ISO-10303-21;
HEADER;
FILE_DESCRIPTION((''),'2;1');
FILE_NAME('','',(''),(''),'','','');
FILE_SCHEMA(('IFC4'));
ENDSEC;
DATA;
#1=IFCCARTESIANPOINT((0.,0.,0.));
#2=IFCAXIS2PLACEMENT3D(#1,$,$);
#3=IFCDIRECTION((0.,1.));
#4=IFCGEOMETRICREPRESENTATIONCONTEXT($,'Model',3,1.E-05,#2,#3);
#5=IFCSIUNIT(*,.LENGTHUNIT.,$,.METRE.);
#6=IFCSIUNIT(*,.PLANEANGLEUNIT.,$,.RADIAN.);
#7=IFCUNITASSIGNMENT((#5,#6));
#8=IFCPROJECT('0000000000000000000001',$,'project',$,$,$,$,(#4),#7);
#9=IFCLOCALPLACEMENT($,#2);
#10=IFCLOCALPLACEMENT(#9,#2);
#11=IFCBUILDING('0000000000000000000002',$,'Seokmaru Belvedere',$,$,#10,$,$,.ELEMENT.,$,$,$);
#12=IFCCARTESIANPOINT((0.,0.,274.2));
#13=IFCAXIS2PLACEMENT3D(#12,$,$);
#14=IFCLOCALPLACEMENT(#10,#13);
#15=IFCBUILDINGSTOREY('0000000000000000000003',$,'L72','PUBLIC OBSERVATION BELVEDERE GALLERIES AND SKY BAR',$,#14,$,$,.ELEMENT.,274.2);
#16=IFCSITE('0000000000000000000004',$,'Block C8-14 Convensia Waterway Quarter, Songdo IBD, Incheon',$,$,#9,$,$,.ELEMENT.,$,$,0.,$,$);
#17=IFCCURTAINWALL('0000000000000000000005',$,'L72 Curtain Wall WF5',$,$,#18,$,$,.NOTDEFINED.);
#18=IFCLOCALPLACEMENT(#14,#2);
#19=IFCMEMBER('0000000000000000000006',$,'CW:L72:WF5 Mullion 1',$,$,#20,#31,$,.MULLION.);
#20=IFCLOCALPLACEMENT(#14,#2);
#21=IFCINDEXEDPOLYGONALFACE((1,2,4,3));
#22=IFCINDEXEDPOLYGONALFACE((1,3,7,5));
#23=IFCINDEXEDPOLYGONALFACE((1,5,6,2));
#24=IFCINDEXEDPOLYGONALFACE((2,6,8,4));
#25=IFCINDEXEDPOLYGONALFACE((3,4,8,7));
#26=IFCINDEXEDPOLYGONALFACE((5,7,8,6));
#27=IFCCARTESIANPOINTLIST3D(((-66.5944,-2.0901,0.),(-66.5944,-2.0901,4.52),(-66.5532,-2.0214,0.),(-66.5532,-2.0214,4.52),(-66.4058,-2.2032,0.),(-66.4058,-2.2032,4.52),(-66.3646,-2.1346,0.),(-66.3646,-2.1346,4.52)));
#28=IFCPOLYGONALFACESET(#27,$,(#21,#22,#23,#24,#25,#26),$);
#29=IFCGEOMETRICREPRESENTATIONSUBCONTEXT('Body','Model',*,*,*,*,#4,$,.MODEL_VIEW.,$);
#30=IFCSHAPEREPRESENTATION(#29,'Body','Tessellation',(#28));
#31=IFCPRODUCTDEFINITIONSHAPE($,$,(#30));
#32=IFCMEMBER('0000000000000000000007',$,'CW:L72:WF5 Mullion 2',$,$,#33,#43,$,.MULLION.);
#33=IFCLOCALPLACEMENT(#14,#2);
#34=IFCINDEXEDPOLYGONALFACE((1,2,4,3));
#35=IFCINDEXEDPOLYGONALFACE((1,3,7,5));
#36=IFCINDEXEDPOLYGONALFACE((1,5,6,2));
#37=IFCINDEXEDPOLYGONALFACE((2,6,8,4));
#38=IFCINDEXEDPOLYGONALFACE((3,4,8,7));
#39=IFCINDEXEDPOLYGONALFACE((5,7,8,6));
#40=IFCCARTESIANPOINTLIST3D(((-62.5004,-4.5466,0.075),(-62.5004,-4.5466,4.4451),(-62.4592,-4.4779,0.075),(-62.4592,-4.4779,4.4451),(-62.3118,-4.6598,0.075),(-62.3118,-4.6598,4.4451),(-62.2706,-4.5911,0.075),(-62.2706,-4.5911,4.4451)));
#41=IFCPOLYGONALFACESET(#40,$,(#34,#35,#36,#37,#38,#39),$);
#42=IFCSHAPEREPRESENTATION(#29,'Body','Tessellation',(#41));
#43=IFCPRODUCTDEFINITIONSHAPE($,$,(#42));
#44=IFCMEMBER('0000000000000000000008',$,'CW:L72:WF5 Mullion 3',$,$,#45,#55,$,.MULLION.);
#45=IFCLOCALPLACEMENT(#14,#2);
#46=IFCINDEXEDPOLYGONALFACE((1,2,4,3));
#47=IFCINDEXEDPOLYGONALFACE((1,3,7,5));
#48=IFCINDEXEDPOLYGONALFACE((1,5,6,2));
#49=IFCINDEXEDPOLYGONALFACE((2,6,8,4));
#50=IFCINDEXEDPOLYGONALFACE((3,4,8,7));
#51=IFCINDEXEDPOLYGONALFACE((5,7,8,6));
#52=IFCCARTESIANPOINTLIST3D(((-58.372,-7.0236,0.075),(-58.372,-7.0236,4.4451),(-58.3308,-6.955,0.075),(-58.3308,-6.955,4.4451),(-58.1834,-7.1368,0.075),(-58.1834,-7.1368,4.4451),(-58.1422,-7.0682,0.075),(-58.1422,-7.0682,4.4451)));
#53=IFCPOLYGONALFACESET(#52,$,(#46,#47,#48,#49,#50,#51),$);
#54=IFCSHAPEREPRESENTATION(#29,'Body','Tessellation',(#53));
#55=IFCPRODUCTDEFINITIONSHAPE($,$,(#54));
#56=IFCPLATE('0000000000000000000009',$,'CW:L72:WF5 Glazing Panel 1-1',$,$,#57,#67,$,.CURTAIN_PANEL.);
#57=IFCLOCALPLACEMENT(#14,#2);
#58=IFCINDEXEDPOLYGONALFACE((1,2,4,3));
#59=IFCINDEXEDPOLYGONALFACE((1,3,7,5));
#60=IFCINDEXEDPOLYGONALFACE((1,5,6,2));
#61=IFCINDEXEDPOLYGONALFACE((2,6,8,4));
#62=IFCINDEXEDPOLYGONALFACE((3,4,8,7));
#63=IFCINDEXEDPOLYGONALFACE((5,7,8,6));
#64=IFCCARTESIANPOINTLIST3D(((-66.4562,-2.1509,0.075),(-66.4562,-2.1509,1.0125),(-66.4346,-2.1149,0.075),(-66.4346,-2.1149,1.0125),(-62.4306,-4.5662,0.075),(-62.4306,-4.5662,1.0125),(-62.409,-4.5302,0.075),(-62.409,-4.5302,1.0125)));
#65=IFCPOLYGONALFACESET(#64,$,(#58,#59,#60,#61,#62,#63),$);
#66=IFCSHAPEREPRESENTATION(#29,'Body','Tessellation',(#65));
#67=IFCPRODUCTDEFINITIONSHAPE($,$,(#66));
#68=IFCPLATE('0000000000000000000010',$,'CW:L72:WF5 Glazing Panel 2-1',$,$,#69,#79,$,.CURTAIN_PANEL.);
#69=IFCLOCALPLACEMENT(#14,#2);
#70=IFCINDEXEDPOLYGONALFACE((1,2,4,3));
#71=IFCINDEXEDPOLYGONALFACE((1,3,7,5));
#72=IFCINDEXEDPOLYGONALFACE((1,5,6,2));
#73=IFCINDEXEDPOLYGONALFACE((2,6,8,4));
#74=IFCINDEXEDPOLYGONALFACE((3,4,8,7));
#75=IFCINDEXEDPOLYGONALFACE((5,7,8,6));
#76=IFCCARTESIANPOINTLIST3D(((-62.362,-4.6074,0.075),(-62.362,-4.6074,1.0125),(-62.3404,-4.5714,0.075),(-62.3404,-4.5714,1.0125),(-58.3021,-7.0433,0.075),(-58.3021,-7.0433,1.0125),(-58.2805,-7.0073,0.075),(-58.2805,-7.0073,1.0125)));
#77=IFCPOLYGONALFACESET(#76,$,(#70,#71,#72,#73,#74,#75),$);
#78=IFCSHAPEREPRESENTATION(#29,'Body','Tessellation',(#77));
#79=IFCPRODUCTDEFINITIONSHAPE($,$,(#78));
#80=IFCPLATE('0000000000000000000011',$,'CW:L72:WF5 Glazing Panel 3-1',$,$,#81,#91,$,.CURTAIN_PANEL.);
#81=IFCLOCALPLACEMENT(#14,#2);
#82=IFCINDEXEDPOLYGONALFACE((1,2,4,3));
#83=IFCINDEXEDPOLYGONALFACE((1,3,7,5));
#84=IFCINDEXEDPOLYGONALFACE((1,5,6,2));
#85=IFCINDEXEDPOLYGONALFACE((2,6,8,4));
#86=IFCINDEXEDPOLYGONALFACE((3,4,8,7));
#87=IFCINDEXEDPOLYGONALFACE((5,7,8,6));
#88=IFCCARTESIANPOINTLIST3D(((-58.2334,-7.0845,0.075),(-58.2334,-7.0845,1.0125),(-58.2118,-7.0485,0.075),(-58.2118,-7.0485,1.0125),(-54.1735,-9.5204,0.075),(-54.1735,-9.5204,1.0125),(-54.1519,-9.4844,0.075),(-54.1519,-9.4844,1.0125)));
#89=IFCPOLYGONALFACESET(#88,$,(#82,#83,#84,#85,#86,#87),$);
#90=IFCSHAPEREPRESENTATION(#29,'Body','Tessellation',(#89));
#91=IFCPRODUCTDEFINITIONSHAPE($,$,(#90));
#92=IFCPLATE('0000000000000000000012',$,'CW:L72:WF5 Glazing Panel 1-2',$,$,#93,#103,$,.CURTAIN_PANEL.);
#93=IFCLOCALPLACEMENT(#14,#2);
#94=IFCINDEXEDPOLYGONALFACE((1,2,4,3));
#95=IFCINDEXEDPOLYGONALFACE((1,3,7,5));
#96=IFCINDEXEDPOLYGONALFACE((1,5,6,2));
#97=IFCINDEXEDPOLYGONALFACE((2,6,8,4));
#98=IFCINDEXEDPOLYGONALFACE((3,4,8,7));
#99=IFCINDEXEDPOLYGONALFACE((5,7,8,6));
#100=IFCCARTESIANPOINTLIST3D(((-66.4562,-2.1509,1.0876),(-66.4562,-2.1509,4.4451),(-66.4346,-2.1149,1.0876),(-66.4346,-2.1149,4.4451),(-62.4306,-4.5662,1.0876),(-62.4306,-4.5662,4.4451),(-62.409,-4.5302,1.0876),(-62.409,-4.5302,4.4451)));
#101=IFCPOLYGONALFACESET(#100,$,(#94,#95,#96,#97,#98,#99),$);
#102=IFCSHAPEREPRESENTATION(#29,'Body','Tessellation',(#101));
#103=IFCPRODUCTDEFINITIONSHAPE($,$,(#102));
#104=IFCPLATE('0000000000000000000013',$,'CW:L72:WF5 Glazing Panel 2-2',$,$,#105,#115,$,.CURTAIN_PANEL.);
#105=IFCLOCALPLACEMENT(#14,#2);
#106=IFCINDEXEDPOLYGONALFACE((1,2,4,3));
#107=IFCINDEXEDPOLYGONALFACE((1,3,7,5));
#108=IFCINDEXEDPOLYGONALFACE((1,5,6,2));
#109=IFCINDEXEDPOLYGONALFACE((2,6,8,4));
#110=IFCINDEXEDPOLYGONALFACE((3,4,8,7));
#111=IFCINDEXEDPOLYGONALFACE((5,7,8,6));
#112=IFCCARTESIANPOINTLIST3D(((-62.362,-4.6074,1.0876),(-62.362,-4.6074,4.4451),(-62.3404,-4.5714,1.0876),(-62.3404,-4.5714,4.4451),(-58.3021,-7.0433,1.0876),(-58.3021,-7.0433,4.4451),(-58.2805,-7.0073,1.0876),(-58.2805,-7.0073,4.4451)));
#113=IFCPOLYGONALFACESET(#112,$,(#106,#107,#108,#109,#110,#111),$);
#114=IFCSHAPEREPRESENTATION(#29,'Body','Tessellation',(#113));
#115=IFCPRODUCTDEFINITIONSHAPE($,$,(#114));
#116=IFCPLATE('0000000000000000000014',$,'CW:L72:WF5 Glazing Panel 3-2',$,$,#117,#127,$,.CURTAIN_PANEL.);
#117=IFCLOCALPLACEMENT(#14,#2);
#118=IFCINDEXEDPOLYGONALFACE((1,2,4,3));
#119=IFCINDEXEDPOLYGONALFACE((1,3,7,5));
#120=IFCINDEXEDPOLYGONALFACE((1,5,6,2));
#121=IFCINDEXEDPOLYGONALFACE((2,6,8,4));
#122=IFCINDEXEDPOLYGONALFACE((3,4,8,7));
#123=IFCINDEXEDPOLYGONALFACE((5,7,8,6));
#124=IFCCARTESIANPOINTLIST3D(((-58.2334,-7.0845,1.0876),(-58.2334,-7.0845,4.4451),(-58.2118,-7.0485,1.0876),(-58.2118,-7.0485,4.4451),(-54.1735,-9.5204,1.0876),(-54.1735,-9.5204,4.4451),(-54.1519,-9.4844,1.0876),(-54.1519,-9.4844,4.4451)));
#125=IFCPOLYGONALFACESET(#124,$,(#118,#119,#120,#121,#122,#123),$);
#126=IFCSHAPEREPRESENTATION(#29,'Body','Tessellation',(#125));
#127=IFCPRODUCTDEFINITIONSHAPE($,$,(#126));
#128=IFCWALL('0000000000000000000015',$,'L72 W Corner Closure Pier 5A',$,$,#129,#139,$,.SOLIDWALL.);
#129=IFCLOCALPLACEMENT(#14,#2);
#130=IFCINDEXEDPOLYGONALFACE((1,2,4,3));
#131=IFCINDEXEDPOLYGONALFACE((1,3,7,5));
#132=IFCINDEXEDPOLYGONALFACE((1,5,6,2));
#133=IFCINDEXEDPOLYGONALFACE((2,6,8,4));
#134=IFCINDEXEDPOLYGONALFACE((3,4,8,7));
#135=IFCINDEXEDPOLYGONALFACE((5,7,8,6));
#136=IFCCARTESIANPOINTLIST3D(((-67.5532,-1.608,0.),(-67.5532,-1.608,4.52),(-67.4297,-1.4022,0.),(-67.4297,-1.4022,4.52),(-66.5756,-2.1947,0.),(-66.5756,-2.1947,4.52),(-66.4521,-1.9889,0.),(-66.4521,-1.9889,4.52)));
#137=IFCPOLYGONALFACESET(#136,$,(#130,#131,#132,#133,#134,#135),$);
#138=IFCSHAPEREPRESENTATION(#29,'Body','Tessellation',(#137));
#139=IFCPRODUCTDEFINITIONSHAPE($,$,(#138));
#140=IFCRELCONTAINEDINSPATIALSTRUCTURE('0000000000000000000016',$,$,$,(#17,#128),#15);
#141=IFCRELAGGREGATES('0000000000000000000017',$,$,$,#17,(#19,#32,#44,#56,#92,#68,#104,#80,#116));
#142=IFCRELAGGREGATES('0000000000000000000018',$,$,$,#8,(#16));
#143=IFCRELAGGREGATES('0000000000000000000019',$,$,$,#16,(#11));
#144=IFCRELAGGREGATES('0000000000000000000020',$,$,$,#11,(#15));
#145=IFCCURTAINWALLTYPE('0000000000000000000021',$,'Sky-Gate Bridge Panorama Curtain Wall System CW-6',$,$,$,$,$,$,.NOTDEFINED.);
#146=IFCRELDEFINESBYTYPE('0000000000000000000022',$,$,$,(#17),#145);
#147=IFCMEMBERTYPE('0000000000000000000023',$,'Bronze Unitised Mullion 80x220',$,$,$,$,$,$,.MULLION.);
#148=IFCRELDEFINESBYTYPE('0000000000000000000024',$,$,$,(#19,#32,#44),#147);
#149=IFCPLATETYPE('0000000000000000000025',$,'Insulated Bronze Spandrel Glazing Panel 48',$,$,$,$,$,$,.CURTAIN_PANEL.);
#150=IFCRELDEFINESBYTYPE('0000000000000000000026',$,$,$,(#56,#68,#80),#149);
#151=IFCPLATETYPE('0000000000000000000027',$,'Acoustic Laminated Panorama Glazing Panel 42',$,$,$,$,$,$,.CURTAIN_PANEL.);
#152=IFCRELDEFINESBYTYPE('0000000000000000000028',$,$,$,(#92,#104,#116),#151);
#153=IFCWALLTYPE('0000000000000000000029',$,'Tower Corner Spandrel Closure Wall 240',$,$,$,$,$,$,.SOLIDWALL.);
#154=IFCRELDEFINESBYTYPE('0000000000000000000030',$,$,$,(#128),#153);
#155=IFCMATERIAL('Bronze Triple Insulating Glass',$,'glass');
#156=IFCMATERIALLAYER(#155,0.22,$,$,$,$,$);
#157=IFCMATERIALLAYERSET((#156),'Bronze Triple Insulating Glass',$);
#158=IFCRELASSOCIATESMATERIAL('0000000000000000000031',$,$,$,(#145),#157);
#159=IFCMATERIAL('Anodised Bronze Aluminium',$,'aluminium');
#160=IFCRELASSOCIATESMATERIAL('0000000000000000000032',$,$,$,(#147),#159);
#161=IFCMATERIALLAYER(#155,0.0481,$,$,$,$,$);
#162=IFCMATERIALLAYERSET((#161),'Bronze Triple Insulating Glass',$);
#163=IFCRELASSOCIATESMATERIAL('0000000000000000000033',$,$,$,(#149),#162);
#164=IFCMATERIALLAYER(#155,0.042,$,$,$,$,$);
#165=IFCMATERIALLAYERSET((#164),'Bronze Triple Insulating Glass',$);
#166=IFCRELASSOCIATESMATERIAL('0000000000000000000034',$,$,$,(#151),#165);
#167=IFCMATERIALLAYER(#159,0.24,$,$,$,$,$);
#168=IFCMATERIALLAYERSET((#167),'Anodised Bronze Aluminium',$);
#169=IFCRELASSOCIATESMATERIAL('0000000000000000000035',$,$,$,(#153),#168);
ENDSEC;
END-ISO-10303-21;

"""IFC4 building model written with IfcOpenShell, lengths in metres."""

from ifc_helpers import new_model, si_unit, direction, frame, frame_2d, origin, origin_2d, place, context, subcontext, project, spatial, rectangle, extrude, source, transform, mapped, material, layer, layer_set, material_profile, profile_set, type_object, type_shapes, element, aggregate, save


model = new_model("IFC4")

# Units and contexts
model_context = context("Model", 3, precision=1e-05, world=origin(), true_north=direction((0.0, 1.0)))
body_context = subcontext(model_context, "Body", "Model", "MODEL_VIEW")
ifc_project = project(units=[si_unit("LENGTHUNIT", "METRE"), si_unit("PLANEANGLEUNIT", "RADIAN")], contexts=[model_context])

# Site, building, storey
site_placement = place(None, origin())
site = spatial("IfcSite", under=ifc_project, at=site_placement, Name="Block C8-14 Convensia Waterway Quarter, Songdo IBD, Incheon", CompositionType="ELEMENT", RefElevation=0.0)
building_placement = place(site_placement, origin())
building = spatial("IfcBuilding", under=site, at=building_placement, Name="Seokmaru Belvedere", CompositionType="ELEMENT")
storey_placement = place(building_placement, frame((0.0, 0.0, 274.2)))
storey = spatial("IfcBuildingStorey", under=building, at=storey_placement, Name="L72", Description="PUBLIC OBSERVATION BELVEDERE GALLERIES AND SKY BAR", CompositionType="ELEMENT", Elevation=274.2)

# Curtain wall, members, plates
ifc_material_1 = material(Name="Bronze Triple Insulating Glass", Category="glass")
ifc_layer_1 = layer(ifc_material_1, 0.22)
ifc_layer_set_1 = layer_set([ifc_layer_1], Name="Bronze Triple Insulating Glass")
curtain_wall_type = type_object("IfcCurtainWallType", Name="Sky-Gate Bridge Panorama Curtain Wall System CW-6", PredefinedType="NOTDEFINED", material=ifc_layer_set_1)
curtain_wall_placement = place(storey_placement, origin())
curtain_wall = element("IfcCurtainWall", 1, at=curtain_wall_placement, inside=storey, type_object=curtain_wall_type, Name="L72 Curtain Wall WF5", PredefinedType="NOTDEFINED")
ifc_material_2 = material(Name="Anodised Bronze Aluminium", Category="aluminium")
ifc_material_profile_1 = material_profile(ifc_material_2, rectangle(XDim=0.0801, YDim=0.22, at=origin_2d()), Name="CW-M-80x220")
ifc_profile_set_1 = profile_set([ifc_material_profile_1], Name="Anodised Bronze Aluminium")
member_type_1 = type_object("IfcMemberType", Name="Bronze Unitised Mullion 80x220", PredefinedType="MULLION", material=ifc_profile_set_1)
shared_shape_1 = source(origin(), body_context, "Body", "SweptSolid", [
    extrude(rectangle(XDim=0.0801, YDim=0.22, at=origin_2d()), origin(), (0.0, 0.0, 1.0), 4.52),
])
member_1_placement = place(storey_placement, frame((-66.4795, -2.1123, 0.0), z_axis=(0.0, 0.0, 1.0), x_axis=(0.514495, 0.857493, 0.0)))
member_1 = element("IfcMember", 2, at=member_1_placement, type_object=member_type_1, Name="CW:L72:WF5 Mullion 1", PredefinedType="MULLION", context=body_context, shape_type="MappedRepresentation", body=[
    mapped(shared_shape_1, transform((0.0, 0.0, 0.0), scale=1.0)),
])
shared_shape_2 = source(origin(), body_context, "Body", "SweptSolid", [
    extrude(rectangle(XDim=0.0801, YDim=0.22, at=origin_2d()), origin(), (0.0, 0.0, 1.0), 4.3701),
])
type_shapes(member_type_1, [shared_shape_1, shared_shape_2])
member_2_placement = place(storey_placement, frame((-62.3855, -4.5688, 0.075), z_axis=(0.0, 0.0, 1.0), x_axis=(0.514495, 0.857493, 0.0)))
member_2 = element("IfcMember", 3, at=member_2_placement, type_object=member_type_1, Name="CW:L72:WF5 Mullion 2", PredefinedType="MULLION", context=body_context, shape_type="MappedRepresentation", body=[
    mapped(shared_shape_2, transform((0.0, 0.0, 0.0), scale=1.0)),
])
member_3_placement = place(storey_placement, frame((-58.2571, -7.0459, 0.075), z_axis=(0.0, 0.0, 1.0), x_axis=(0.514495, 0.857493, 0.0)))
member_3 = element("IfcMember", 4, at=member_3_placement, type_object=member_type_1, Name="CW:L72:WF5 Mullion 3", PredefinedType="MULLION", context=body_context, shape_type="MappedRepresentation", body=[
    mapped(shared_shape_2, transform((0.0, 0.0, 0.0), scale=1.0)),
])
ifc_layer_2 = layer(ifc_material_1, 0.0481)
ifc_layer_set_2 = layer_set([ifc_layer_2], Name="Bronze Triple Insulating Glass")
plate_type_1 = type_object("IfcPlateType", Name="Insulated Bronze Spandrel Glazing Panel 48", PredefinedType="CURTAIN_PANEL", material=ifc_layer_set_2)
shared_shape_3 = source(origin(), body_context, "Body", "SweptSolid", [
    extrude(rectangle(XDim=4.6946, YDim=0.042, at=origin_2d()), origin(), (0.0, 0.0, 1.0), 0.9375),
])
plate_1_placement = place(storey_placement, frame((-64.4326, -3.3406, 0.075), z_axis=(0.0, 0.0, 1.0), x_axis=(0.857493, -0.514495, 0.0)))
plate_1 = element("IfcPlate", 5, at=plate_1_placement, type_object=plate_type_1, Name="CW:L72:WF5 Glazing Panel 1-1", PredefinedType="CURTAIN_PANEL", context=body_context, shape_type="MappedRepresentation", body=[
    mapped(shared_shape_3, transform((0.0, 0.0, 0.0), scale=1.0)),
])
shared_shape_4 = source(origin(), body_context, "Body", "SweptSolid", [
    extrude(rectangle(XDim=4.7346, YDim=0.042, at=origin_2d()), origin(), (0.0, 0.0, 1.0), 0.9375),
])
type_shapes(plate_type_1, [shared_shape_3, shared_shape_4])
plate_2_placement = place(storey_placement, frame((-60.3213, -5.8074, 0.075), z_axis=(0.0, 0.0, 1.0), x_axis=(0.857493, -0.514495, 0.0)))
plate_2 = element("IfcPlate", 6, at=plate_2_placement, type_object=plate_type_1, Name="CW:L72:WF5 Glazing Panel 2-1", PredefinedType="CURTAIN_PANEL", context=body_context, shape_type="MappedRepresentation", body=[
    mapped(shared_shape_4, transform((0.0, 0.0, 0.0), scale=1.0)),
])
plate_3_placement = place(storey_placement, frame((-56.1926, -8.2844, 0.075), z_axis=(0.0, 0.0, 1.0), x_axis=(0.857493, -0.514495, 0.0)))
plate_3 = element("IfcPlate", 7, at=plate_3_placement, type_object=plate_type_1, Name="CW:L72:WF5 Glazing Panel 3-1", PredefinedType="CURTAIN_PANEL", context=body_context, shape_type="MappedRepresentation", body=[
    mapped(shared_shape_4, transform((0.0, 0.0, 0.0), scale=1.0)),
])
ifc_layer_3 = layer(ifc_material_1, 0.042)
ifc_layer_set_3 = layer_set([ifc_layer_3], Name="Bronze Triple Insulating Glass")
plate_type_2 = type_object("IfcPlateType", Name="Acoustic Laminated Panorama Glazing Panel 42", PredefinedType="CURTAIN_PANEL", material=ifc_layer_set_3)
shared_shape_5 = source(origin(), body_context, "Body", "SweptSolid", [
    extrude(rectangle(XDim=4.6946, YDim=0.042, at=origin_2d()), origin(), (0.0, 0.0, 1.0), 3.3574),
])
plate_4_placement = place(storey_placement, frame((-64.4326, -3.3406, 1.0876), z_axis=(0.0, 0.0, 1.0), x_axis=(0.857493, -0.514495, 0.0)))
plate_4 = element("IfcPlate", 8, at=plate_4_placement, type_object=plate_type_2, Name="CW:L72:WF5 Glazing Panel 1-2", PredefinedType="CURTAIN_PANEL", context=body_context, shape_type="MappedRepresentation", body=[
    mapped(shared_shape_5, transform((0.0, 0.0, 0.0), scale=1.0)),
])
shared_shape_6 = source(origin(), body_context, "Body", "SweptSolid", [
    extrude(rectangle(XDim=4.7346, YDim=0.042, at=origin_2d()), origin(), (0.0, 0.0, 1.0), 3.3574),
])
type_shapes(plate_type_2, [shared_shape_5, shared_shape_6])
plate_5_placement = place(storey_placement, frame((-60.3213, -5.8074, 1.0876), z_axis=(0.0, 0.0, 1.0), x_axis=(0.857493, -0.514495, 0.0)))
plate_5 = element("IfcPlate", 9, at=plate_5_placement, type_object=plate_type_2, Name="CW:L72:WF5 Glazing Panel 2-2", PredefinedType="CURTAIN_PANEL", context=body_context, shape_type="MappedRepresentation", body=[
    mapped(shared_shape_6, transform((0.0, 0.0, 0.0), scale=1.0)),
])
plate_6_placement = place(storey_placement, frame((-56.1926, -8.2844, 1.0876), z_axis=(0.0, 0.0, 1.0), x_axis=(0.857493, -0.514495, 0.0)))
plate_6 = element("IfcPlate", 10, at=plate_6_placement, type_object=plate_type_2, Name="CW:L72:WF5 Glazing Panel 3-2", PredefinedType="CURTAIN_PANEL", context=body_context, shape_type="MappedRepresentation", body=[
    mapped(shared_shape_6, transform((0.0, 0.0, 0.0), scale=1.0)),
])
aggregate(curtain_wall, [member_1, member_2, member_3, plate_1, plate_4, plate_2, plate_5, plate_3, plate_6])

# Wall
ifc_layer_4 = layer(ifc_material_2, 0.24)
ifc_layer_set_4 = layer_set([ifc_layer_4], Name="Anodised Bronze Aluminium")
wall_type = type_object("IfcWallType", Name="Tower Corner Spandrel Closure Wall 240", PredefinedType="SOLIDWALL", material=ifc_layer_set_4)
wall_placement = place(storey_placement, frame((-67.4915, -1.5051, 0.0), z_axis=(0.0, 0.0, 1.0), x_axis=(0.857436, -0.51459, 0.0)))
element("IfcWall", 11, at=wall_placement, inside=storey, type_object=wall_type, Name="L72 W Corner Closure Pier 5A", PredefinedType="SOLIDWALL", context=body_context, shape_type="SweptSolid", body=[
    extrude(rectangle(XDim=1.1401, YDim=0.24, at=frame_2d((0.5701, 0.0))), origin(), (0.0, 0.0, 1.0), 4.52),
])

save(model, "model.ifc")
